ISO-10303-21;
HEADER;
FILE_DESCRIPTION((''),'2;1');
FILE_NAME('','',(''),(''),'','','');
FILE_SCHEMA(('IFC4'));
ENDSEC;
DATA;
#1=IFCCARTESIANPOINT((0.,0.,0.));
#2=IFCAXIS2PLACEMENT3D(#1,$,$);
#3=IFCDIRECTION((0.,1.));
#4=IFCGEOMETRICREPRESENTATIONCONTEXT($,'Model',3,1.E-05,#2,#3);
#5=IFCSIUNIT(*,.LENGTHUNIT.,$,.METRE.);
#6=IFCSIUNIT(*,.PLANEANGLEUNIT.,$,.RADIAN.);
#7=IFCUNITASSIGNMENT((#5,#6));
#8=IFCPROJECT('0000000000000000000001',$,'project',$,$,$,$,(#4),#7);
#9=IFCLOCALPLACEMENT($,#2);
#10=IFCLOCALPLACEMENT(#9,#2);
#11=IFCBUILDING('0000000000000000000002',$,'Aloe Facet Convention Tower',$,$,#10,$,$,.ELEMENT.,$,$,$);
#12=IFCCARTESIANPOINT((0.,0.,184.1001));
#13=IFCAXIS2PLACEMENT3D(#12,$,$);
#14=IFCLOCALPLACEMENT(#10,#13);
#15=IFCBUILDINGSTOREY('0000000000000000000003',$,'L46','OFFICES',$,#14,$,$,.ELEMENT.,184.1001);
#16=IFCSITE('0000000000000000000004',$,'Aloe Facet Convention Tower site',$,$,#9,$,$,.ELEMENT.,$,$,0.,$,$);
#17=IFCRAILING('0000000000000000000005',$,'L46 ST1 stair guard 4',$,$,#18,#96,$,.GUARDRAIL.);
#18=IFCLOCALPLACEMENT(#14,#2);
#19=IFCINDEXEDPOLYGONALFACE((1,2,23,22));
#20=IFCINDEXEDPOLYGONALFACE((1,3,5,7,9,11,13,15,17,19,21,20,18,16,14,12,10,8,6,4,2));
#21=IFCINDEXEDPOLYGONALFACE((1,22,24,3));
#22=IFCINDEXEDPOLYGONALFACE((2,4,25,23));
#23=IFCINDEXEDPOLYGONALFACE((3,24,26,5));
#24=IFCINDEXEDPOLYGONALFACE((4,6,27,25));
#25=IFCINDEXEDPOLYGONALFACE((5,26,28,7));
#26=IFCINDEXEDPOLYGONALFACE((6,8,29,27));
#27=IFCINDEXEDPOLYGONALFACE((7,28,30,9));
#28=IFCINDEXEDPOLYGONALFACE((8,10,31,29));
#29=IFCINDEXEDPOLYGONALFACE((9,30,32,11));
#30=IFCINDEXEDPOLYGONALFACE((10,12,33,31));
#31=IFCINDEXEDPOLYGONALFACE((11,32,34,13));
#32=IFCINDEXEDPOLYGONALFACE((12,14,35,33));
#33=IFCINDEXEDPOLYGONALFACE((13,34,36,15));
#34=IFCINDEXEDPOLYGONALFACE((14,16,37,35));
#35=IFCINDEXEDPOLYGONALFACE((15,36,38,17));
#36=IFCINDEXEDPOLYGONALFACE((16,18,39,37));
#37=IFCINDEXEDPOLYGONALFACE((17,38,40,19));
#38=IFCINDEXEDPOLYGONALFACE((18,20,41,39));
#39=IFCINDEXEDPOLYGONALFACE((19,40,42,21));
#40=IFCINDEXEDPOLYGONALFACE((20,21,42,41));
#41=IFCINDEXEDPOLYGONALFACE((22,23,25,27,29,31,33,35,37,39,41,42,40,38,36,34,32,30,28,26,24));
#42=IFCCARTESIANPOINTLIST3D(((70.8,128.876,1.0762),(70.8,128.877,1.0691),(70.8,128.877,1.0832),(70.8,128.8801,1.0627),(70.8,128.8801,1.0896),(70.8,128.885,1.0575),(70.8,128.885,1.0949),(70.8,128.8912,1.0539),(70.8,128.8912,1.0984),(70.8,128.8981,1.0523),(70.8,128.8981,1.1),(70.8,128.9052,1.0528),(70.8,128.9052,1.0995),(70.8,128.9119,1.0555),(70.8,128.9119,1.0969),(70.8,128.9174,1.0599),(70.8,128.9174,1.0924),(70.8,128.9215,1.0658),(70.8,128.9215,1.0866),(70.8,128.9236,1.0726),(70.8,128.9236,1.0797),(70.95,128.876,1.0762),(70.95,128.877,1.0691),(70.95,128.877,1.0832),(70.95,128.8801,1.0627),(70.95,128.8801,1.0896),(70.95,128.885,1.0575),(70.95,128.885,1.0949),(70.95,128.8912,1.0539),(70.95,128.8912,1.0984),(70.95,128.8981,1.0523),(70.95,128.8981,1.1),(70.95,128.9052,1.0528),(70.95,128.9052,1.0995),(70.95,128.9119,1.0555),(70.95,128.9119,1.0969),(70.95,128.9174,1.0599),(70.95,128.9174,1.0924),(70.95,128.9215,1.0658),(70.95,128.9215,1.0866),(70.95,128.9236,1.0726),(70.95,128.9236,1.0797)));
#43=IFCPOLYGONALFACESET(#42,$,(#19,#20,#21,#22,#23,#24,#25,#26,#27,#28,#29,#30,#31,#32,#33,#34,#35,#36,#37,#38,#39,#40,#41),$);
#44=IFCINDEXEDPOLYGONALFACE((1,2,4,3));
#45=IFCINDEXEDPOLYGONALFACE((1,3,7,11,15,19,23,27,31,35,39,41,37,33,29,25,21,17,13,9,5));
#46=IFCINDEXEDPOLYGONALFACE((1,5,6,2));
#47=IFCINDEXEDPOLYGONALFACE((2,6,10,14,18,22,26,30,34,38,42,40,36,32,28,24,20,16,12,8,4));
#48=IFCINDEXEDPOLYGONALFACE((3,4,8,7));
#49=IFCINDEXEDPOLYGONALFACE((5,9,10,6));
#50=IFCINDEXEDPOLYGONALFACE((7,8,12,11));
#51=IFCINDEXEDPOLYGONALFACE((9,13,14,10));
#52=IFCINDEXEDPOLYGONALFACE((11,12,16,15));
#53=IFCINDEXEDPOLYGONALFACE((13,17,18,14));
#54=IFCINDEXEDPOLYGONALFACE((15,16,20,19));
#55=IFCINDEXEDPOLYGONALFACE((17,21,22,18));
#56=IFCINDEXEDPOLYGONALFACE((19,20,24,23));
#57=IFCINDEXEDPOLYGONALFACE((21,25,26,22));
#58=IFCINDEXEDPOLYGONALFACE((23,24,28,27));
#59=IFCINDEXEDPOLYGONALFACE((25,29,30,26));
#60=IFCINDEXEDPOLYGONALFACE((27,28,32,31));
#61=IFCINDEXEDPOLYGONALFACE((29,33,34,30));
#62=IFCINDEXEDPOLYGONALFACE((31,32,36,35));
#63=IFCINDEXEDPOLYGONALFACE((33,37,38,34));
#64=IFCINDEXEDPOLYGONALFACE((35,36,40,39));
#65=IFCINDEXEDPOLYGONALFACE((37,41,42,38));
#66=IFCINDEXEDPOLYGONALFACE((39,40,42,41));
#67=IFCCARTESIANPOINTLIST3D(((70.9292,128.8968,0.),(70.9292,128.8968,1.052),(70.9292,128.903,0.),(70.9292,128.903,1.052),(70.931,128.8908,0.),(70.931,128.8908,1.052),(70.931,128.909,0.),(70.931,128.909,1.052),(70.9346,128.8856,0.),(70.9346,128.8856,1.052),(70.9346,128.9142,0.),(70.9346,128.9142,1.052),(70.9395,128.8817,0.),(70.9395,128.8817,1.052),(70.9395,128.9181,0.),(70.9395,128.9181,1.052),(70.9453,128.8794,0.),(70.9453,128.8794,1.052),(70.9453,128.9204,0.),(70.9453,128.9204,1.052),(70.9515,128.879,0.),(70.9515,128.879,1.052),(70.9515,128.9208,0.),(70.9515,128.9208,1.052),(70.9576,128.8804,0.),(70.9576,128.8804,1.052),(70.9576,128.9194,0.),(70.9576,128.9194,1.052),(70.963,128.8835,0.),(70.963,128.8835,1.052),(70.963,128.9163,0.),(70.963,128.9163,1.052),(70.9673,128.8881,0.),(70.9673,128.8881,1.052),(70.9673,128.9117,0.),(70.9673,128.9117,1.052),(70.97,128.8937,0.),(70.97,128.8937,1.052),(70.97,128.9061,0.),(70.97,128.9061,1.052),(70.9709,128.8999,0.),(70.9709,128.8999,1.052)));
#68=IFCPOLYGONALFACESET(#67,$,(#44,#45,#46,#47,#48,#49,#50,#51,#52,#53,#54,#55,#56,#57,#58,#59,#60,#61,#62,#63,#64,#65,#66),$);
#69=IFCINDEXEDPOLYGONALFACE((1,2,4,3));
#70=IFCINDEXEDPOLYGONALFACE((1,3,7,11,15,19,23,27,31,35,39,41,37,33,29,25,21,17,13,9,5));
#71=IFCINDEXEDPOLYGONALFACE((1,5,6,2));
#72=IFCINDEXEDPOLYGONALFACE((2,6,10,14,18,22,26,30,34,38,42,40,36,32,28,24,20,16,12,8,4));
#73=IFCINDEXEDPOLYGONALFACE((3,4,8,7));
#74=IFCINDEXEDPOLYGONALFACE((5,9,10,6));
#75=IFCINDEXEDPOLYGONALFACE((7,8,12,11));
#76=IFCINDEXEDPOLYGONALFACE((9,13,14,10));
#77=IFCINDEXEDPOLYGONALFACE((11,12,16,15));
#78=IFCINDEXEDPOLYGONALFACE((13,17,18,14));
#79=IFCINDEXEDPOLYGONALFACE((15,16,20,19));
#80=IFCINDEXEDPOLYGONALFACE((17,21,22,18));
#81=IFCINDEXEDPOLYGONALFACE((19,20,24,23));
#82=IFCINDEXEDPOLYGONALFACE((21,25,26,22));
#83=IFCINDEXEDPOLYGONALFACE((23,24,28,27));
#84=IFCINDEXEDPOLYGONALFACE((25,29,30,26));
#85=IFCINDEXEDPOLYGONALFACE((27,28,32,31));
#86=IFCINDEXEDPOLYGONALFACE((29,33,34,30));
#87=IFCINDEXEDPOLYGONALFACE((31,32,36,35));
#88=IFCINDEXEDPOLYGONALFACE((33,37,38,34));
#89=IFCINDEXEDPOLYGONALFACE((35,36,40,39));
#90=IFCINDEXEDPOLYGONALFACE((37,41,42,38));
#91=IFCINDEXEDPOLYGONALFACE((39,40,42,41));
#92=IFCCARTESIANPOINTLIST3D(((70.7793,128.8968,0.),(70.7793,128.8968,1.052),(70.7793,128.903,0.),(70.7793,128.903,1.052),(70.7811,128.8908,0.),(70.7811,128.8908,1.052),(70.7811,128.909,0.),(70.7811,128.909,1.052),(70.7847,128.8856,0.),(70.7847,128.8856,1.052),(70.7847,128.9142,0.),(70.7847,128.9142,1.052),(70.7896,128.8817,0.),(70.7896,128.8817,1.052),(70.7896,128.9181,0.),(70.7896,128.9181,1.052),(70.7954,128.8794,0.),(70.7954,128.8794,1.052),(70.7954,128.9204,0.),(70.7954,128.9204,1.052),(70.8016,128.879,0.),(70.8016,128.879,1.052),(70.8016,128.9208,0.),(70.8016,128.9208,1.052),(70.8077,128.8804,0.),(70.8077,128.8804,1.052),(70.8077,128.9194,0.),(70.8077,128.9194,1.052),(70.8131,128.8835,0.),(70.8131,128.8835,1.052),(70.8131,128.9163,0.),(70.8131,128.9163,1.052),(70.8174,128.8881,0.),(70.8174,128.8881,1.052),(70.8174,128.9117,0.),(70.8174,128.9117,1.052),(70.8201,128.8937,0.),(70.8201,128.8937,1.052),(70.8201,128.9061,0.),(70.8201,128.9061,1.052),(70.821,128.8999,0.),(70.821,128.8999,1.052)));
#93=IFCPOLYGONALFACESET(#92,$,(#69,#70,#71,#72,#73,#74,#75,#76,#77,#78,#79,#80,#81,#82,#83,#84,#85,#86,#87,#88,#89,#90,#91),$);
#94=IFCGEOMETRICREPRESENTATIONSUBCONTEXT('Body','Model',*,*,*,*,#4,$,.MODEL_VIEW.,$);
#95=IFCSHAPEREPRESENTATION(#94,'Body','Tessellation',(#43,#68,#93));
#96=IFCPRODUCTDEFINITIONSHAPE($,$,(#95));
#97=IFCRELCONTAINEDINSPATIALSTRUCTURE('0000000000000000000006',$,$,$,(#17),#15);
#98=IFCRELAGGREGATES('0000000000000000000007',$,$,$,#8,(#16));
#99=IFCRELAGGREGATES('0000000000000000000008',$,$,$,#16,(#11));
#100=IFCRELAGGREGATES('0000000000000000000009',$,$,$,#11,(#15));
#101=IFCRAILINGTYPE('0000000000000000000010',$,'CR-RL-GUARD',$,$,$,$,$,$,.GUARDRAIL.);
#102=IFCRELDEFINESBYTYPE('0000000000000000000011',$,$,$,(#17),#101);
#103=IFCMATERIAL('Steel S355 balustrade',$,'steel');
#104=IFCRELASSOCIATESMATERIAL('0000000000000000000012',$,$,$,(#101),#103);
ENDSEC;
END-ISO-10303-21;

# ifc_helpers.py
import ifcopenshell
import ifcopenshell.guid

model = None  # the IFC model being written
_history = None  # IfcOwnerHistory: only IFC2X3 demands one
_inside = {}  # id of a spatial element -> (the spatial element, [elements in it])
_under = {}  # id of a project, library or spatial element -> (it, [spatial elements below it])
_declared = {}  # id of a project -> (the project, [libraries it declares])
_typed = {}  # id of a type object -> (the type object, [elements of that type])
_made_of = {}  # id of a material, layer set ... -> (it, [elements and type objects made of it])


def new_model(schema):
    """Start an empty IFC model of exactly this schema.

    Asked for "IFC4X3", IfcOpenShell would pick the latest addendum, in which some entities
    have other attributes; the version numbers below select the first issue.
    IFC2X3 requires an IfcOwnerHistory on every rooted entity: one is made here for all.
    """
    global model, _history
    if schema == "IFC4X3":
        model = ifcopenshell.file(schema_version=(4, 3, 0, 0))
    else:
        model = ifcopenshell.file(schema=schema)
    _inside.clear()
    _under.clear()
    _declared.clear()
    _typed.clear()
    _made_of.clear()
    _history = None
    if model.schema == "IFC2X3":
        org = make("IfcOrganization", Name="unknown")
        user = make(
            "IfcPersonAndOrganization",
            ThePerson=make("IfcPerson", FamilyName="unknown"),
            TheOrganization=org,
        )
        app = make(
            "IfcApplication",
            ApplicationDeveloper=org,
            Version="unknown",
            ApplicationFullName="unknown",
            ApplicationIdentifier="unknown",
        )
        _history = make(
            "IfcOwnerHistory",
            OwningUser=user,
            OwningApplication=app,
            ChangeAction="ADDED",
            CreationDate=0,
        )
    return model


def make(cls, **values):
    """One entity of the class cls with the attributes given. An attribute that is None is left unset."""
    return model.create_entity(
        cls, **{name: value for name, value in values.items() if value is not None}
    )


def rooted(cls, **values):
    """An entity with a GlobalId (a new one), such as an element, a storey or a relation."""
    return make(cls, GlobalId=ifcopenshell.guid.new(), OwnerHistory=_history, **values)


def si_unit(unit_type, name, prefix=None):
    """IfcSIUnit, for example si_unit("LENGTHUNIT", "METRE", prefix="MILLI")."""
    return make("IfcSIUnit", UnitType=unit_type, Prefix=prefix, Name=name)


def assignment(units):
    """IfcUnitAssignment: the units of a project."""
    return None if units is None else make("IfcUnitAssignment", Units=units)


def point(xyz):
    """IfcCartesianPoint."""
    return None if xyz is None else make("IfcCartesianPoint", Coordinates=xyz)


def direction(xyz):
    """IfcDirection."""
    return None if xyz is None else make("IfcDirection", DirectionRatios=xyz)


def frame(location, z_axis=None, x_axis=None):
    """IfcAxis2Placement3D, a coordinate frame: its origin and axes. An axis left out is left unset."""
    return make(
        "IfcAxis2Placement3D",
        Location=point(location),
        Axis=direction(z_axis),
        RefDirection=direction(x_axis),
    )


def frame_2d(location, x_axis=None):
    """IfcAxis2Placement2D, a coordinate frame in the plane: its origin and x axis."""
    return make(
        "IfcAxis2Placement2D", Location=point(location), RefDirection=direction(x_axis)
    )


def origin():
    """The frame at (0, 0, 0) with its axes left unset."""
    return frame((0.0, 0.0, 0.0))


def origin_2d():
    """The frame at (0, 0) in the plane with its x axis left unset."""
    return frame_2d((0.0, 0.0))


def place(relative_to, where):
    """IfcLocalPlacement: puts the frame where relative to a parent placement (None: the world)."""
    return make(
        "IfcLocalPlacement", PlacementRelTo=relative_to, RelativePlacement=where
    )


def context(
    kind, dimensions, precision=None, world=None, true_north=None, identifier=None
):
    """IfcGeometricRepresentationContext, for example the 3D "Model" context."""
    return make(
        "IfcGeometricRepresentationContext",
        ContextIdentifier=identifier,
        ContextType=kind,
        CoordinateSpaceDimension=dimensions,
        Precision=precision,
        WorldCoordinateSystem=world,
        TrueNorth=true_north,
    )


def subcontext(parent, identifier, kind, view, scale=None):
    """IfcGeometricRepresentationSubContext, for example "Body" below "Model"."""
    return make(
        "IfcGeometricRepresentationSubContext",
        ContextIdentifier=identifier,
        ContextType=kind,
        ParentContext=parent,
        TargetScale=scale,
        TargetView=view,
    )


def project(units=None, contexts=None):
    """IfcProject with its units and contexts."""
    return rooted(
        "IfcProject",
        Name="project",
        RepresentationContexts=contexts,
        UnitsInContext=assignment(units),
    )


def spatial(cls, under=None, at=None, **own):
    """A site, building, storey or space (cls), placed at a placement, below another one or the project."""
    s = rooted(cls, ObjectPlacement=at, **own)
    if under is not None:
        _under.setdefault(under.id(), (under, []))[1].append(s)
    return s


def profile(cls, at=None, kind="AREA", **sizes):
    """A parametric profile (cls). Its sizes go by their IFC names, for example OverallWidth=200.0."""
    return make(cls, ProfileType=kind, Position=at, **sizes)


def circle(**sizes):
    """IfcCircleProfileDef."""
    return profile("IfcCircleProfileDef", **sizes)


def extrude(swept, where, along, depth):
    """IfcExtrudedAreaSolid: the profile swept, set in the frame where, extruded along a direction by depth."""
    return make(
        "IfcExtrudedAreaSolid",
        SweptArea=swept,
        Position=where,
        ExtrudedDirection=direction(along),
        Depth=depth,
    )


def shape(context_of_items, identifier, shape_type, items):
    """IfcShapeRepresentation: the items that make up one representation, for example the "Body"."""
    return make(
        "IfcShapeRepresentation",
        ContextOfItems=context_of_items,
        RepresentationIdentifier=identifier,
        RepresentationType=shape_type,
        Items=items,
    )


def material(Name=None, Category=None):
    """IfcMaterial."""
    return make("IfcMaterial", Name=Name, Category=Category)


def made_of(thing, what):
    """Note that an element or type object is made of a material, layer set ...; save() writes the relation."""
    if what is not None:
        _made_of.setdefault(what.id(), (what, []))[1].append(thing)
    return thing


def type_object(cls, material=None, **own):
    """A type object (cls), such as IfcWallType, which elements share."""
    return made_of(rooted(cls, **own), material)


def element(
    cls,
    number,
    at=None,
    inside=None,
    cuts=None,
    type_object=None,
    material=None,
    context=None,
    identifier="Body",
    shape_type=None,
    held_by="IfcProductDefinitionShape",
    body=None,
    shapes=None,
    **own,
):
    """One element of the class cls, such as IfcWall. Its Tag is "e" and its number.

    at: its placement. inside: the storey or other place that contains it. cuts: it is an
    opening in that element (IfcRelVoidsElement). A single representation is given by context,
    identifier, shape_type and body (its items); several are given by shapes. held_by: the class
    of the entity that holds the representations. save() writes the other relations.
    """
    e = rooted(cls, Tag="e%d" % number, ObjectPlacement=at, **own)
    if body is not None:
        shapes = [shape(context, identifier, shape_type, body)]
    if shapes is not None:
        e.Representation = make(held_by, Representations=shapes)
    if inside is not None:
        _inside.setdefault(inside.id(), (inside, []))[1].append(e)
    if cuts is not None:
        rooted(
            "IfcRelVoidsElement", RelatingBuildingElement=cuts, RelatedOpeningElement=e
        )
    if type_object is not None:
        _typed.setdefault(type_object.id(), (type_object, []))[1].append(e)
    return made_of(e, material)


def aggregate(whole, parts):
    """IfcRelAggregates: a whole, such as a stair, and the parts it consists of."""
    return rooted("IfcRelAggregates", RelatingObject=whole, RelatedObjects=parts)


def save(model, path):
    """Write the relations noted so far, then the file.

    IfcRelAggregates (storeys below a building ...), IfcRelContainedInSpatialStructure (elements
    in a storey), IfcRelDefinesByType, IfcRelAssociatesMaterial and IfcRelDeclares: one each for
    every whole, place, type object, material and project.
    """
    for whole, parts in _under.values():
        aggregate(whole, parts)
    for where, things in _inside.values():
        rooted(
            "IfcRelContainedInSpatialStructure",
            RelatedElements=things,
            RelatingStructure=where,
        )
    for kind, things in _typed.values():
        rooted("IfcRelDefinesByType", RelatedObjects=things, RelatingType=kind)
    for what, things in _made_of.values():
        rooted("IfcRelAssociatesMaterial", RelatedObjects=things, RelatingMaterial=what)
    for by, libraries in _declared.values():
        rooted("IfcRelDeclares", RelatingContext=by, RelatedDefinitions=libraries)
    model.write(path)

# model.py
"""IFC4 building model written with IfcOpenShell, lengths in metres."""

from ifc_helpers import new_model, si_unit, direction, frame, origin, origin_2d, place, context, subcontext, project, spatial, circle, extrude, material, type_object, element, save


model = new_model("IFC4")

# Units and contexts
model_context = context("Model", 3, precision=1e-05, world=origin(), true_north=direction((0.0, 1.0)))
body_context = subcontext(model_context, "Body", "Model", "MODEL_VIEW")
ifc_project = project(units=[si_unit("LENGTHUNIT", "METRE"), si_unit("PLANEANGLEUNIT", "RADIAN")], contexts=[model_context])

# Site, building, storey
site_placement = place(None, origin())
site = spatial("IfcSite", under=ifc_project, at=site_placement, Name="Aloe Facet Convention Tower site", CompositionType="ELEMENT", RefElevation=0.0)
building_placement = place(site_placement, origin())
building = spatial("IfcBuilding", under=site, at=building_placement, Name="Aloe Facet Convention Tower", CompositionType="ELEMENT")
storey_placement = place(building_placement, frame((0.0, 0.0, 184.1001)))
storey = spatial("IfcBuildingStorey", under=building, at=storey_placement, Name="L46", Description="OFFICES", CompositionType="ELEMENT", Elevation=184.1001)

# Railing
ifc_material_1 = material(Name="Steel S355 balustrade", Category="steel")
railing_type_1 = type_object("IfcRailingType", Name="CR-RL-GUARD", PredefinedType="GUARDRAIL", material=ifc_material_1)
railing_1_placement = place(storey_placement, frame((70.95, 128.8999, 0.0)))
element("IfcRailing", 1, at=railing_1_placement, inside=storey, type_object=railing_type_1, Name="L46 ST1 stair guard 4", PredefinedType="GUARDRAIL", context=body_context, shape_type="SweptSolid", body=[
    extrude(circle(Radius=0.0239, at=origin_2d()), frame((0.0, 0.0, 1.0762), z_axis=(-1.0, 0.0, 0.0), x_axis=(0.0, -1.0, 0.0)), (0.0, 0.0, 1.0), 0.1499),
    extrude(circle(Radius=0.021, at=origin_2d()), origin(), (0.0, 0.0, 1.0), 1.052),
    extrude(circle(Radius=0.021, at=origin_2d()), frame((-0.1499, 0.0, 0.0)), (0.0, 0.0, 1.0), 1.052),
])

save(model, "model.ifc")
